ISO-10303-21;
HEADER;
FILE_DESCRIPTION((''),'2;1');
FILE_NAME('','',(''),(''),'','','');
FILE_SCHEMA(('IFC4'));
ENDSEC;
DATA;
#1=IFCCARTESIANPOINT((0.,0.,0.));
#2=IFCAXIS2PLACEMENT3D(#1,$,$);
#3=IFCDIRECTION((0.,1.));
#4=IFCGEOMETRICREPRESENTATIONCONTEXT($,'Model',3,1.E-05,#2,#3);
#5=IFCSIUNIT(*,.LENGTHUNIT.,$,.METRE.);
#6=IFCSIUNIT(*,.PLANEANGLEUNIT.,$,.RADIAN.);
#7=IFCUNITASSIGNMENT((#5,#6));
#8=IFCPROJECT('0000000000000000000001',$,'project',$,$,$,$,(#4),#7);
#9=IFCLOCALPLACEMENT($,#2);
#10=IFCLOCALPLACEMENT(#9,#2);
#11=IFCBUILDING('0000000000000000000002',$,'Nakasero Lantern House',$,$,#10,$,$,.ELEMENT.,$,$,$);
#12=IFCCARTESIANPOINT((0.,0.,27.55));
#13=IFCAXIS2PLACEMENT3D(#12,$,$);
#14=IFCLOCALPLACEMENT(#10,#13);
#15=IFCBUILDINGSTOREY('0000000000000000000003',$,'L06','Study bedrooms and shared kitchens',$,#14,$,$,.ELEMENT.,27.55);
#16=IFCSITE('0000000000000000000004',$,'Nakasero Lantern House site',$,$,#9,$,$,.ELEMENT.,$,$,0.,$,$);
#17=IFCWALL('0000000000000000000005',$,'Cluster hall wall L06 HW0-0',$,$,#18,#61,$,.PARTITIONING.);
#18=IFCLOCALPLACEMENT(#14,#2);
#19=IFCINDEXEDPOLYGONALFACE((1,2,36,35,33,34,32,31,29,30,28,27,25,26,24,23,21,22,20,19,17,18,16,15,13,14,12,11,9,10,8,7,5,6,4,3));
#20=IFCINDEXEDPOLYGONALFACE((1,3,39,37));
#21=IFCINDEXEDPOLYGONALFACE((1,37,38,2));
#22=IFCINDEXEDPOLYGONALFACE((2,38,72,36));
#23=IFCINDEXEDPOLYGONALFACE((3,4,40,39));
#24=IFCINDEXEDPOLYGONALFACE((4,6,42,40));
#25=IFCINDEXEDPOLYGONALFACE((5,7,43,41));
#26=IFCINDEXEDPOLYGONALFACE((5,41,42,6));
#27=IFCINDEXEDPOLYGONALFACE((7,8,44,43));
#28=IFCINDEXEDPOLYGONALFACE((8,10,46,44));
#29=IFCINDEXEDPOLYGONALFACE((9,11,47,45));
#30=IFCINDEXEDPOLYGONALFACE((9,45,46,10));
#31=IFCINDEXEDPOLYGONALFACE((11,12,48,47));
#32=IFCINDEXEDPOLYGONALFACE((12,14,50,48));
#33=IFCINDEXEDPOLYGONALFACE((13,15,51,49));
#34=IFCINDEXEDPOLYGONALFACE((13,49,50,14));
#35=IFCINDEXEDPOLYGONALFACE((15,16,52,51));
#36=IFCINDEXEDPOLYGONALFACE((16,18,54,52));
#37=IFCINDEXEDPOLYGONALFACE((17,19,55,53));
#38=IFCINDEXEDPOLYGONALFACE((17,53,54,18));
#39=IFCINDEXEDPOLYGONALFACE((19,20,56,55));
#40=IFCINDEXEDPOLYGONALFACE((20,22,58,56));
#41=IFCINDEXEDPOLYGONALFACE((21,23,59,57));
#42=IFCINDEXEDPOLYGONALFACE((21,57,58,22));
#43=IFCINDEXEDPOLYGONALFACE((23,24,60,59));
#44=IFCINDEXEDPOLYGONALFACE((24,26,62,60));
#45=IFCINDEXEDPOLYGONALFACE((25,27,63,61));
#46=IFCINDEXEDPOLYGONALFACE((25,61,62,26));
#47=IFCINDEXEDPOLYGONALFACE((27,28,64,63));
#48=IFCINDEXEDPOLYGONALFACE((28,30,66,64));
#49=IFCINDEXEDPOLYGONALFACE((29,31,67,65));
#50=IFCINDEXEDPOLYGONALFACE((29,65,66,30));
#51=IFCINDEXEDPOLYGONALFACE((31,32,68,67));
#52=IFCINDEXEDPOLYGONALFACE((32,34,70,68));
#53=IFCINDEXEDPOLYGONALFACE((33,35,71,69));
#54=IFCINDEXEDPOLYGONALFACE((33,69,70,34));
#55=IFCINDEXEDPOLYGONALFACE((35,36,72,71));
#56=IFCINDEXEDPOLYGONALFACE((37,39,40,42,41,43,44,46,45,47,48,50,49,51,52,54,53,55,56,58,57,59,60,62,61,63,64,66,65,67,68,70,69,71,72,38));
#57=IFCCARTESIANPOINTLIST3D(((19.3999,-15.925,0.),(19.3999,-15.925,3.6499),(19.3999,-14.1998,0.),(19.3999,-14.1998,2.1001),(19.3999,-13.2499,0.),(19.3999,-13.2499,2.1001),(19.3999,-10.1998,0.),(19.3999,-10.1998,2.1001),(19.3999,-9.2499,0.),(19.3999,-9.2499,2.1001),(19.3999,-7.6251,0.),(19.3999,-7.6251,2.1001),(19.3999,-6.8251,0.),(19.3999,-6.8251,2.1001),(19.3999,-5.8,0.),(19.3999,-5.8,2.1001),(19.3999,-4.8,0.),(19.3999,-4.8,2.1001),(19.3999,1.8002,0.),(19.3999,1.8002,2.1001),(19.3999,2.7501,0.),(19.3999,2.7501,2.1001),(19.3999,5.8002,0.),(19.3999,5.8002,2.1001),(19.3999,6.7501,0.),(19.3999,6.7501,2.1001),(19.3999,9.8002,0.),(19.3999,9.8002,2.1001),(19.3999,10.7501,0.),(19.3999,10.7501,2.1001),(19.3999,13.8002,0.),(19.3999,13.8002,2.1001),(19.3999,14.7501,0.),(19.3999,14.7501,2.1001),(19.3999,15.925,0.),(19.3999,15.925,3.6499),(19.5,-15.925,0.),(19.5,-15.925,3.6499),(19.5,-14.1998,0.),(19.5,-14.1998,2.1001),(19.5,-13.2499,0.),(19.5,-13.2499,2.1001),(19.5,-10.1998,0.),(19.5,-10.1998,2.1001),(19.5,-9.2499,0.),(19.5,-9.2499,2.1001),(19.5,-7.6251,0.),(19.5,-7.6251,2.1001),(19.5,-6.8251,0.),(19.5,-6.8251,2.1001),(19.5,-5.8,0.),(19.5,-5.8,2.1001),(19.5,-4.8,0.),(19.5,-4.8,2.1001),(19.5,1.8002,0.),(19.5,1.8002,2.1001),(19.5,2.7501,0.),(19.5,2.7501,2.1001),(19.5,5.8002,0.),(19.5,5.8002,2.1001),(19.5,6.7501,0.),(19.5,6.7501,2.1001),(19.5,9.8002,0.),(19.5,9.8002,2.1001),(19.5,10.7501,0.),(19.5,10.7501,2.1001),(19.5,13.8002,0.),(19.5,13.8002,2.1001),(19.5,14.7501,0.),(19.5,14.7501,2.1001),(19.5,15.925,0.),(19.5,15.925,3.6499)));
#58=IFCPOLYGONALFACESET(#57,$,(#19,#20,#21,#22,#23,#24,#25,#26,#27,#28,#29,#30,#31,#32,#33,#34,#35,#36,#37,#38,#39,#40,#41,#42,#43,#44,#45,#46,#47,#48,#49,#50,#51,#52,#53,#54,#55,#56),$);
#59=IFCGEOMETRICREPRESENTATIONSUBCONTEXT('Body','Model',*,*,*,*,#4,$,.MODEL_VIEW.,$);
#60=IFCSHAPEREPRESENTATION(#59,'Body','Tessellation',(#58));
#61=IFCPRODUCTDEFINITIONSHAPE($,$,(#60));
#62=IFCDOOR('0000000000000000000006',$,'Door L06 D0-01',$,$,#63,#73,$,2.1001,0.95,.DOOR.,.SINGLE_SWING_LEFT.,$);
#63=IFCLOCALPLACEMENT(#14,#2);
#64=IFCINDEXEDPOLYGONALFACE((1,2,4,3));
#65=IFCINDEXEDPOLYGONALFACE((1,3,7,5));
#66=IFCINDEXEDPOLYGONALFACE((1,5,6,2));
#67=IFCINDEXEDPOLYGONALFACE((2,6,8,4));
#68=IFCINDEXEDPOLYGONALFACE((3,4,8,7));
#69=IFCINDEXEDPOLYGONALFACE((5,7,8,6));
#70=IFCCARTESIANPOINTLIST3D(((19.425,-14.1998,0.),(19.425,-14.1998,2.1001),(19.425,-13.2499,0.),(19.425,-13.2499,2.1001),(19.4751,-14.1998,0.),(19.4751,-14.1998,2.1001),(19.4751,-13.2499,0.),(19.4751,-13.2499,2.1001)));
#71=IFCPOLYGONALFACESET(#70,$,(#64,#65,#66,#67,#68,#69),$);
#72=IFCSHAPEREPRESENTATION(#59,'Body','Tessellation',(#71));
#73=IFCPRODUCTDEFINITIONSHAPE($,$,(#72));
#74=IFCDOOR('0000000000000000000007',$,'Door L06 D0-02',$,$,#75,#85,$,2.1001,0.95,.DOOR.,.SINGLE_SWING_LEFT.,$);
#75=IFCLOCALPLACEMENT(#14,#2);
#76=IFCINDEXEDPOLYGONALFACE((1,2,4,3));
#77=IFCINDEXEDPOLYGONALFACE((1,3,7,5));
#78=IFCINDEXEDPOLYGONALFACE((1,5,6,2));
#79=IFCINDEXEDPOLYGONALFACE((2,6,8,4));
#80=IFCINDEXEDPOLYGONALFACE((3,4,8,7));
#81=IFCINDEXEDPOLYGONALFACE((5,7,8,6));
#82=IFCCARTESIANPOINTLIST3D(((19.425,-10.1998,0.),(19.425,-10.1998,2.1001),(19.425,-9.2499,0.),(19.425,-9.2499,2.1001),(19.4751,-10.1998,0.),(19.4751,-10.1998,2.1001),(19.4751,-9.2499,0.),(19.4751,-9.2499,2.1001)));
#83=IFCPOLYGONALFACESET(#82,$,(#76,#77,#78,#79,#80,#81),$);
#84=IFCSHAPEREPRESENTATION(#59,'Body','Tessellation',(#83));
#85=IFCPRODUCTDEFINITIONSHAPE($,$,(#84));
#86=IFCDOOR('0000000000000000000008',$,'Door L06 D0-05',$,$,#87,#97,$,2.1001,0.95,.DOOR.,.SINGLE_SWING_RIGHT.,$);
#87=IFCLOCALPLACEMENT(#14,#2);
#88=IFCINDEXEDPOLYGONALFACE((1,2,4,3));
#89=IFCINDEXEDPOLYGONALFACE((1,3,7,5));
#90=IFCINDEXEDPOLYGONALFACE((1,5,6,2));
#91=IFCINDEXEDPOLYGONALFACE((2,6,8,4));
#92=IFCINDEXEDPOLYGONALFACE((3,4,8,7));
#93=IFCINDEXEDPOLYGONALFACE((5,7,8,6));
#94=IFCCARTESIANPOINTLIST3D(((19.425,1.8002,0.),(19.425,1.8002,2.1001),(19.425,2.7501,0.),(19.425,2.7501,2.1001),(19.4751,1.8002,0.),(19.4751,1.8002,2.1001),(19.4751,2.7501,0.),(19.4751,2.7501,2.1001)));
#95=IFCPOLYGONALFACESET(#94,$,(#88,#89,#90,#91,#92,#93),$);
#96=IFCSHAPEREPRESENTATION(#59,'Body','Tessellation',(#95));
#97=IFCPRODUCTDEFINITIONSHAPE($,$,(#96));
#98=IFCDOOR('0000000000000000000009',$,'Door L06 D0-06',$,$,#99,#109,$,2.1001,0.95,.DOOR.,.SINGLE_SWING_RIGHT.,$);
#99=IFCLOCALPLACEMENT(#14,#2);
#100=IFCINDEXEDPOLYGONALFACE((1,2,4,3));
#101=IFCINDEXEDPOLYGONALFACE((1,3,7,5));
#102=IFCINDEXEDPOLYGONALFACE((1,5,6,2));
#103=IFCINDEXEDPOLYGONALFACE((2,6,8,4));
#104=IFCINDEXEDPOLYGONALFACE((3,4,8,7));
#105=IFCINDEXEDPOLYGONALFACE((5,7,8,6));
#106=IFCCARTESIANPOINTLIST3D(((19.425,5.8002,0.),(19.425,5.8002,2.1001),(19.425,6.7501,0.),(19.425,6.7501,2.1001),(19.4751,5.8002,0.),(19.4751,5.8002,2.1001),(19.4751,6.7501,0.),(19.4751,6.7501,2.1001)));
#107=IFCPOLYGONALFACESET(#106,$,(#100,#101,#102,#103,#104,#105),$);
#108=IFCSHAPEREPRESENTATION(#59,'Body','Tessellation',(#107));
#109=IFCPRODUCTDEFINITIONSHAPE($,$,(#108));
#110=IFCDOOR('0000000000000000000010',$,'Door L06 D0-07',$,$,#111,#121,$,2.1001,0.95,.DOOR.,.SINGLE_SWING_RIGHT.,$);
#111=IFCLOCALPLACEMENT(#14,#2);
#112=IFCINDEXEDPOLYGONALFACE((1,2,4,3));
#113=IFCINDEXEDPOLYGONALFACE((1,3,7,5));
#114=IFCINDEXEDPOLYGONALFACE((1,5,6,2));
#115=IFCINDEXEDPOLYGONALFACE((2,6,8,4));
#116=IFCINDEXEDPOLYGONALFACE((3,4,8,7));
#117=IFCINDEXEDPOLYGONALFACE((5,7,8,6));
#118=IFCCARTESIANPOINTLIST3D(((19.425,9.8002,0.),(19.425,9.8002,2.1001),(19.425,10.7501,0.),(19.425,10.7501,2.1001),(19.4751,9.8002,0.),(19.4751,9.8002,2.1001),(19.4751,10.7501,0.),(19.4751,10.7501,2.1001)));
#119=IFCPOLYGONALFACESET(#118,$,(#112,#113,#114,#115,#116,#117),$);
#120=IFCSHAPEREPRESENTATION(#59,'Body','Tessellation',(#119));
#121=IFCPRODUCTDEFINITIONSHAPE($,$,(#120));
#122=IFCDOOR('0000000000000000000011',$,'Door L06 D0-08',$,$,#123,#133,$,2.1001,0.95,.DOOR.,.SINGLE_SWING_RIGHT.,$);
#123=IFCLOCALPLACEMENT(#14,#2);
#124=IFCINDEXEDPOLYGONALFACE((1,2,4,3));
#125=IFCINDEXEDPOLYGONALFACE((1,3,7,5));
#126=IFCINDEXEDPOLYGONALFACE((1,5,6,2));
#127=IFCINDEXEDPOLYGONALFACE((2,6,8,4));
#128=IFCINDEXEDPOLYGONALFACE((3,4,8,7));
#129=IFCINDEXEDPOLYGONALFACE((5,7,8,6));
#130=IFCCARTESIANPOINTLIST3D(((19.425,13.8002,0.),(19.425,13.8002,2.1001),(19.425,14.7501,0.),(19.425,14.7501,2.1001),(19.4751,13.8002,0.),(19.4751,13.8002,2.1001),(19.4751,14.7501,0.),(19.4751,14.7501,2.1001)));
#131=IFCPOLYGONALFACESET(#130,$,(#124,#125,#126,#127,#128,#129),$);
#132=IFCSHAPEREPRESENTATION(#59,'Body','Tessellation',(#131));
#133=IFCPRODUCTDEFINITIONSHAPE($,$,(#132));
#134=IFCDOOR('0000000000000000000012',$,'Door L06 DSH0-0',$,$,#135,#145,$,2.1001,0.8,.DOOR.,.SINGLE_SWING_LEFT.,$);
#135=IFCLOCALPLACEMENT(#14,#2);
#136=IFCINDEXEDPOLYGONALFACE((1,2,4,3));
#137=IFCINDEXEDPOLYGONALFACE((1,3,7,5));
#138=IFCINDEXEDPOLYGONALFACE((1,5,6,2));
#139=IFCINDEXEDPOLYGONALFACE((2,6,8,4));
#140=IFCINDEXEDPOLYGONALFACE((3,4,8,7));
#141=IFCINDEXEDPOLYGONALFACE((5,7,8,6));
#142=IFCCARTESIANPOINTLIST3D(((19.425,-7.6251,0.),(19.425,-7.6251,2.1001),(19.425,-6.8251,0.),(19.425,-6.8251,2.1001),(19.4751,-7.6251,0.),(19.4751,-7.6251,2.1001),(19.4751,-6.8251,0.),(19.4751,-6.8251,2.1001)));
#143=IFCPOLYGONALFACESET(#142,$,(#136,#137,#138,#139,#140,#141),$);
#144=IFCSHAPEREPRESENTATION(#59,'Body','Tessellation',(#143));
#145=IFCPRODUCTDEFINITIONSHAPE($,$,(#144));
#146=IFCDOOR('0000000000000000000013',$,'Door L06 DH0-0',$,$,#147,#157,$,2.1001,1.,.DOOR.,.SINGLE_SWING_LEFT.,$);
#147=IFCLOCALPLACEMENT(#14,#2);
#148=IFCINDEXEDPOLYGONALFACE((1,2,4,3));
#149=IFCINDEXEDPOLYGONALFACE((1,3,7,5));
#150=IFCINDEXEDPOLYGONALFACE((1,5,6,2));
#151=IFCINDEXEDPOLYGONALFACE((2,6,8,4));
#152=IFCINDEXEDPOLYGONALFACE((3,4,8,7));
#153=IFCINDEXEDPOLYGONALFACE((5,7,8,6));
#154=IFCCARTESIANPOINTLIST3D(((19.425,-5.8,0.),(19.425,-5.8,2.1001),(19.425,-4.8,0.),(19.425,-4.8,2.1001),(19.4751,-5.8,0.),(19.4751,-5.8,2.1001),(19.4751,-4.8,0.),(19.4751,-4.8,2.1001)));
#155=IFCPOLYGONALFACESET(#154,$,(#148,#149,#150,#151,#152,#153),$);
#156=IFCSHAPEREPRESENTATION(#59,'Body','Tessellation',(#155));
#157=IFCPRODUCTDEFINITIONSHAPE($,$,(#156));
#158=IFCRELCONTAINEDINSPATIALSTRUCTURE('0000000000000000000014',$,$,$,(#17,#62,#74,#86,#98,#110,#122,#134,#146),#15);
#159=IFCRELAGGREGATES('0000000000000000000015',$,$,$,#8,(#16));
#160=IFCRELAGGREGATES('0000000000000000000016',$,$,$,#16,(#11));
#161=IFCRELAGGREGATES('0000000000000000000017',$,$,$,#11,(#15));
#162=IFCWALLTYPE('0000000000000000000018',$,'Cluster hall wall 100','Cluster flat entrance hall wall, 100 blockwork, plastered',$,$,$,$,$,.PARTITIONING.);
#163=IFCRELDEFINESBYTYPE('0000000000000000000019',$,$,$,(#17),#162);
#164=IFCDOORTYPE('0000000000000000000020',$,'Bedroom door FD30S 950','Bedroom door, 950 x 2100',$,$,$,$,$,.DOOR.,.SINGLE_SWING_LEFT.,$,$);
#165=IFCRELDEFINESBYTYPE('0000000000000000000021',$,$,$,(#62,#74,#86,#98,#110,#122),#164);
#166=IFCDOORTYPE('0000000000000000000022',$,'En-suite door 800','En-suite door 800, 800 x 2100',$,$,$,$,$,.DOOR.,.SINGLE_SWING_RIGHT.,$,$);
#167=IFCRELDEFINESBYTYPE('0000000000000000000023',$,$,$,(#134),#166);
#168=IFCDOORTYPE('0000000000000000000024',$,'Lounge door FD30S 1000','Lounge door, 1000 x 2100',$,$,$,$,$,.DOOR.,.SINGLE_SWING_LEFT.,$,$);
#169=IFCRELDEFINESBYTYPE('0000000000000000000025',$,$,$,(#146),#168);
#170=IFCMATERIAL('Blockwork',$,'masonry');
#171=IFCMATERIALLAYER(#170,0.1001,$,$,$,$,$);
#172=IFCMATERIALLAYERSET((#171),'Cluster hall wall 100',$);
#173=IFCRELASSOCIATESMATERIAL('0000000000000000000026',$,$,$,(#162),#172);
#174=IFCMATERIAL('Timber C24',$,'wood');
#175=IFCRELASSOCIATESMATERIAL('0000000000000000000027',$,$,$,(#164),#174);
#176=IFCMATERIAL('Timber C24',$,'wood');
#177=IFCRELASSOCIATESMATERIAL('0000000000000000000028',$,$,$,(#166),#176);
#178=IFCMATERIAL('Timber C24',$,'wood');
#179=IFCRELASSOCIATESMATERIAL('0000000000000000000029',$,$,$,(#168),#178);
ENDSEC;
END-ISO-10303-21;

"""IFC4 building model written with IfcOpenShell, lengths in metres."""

from ifc_helpers import new_model, si_unit, direction, frame, frame_2d, origin, place, context, subcontext, project, spatial, rectangle, extrude, material, layer, layer_set, type_object, element, fill, save


model = new_model("IFC4")

# Units and contexts
model_context = context("Model", 3, precision=1e-05, world=origin(), true_north=direction((0.0, 1.0)))
body_context = subcontext(model_context, "Body", "Model", "MODEL_VIEW")
ifc_project = project(units=[si_unit("LENGTHUNIT", "METRE"), si_unit("PLANEANGLEUNIT", "RADIAN")], contexts=[model_context])

# Site, building, storey
site_placement = place(None, origin())
site = spatial("IfcSite", under=ifc_project, at=site_placement, Name="Nakasero Lantern House site", CompositionType="ELEMENT", RefElevation=0.0)
building_placement = place(site_placement, origin())
building = spatial("IfcBuilding", under=site, at=building_placement, Name="Nakasero Lantern House", CompositionType="ELEMENT")
storey_placement = place(building_placement, frame((0.0, 0.0, 27.55)))
storey = spatial("IfcBuildingStorey", under=building, at=storey_placement, Name="L06", Description="Study bedrooms and shared kitchens", CompositionType="ELEMENT", Elevation=27.55)

# Wall, openings, doors
ifc_material_1 = material(Name="Blockwork", Category="masonry")
ifc_layer_1 = layer(ifc_material_1, 0.1001)
ifc_layer_set_1 = layer_set([ifc_layer_1], Name="Cluster hall wall 100")
wall_type_1 = type_object("IfcWallType", Name="Cluster hall wall 100", Description="Cluster flat entrance hall wall, 100 blockwork, plastered", PredefinedType="PARTITIONING", material=ifc_layer_set_1)
wall_1_placement = place(storey_placement, frame((19.45, -15.925, 0.0), z_axis=(0.0, 0.0, 1.0), x_axis=(0.0, 1.0, 0.0)))
wall_1 = element("IfcWall", 1, at=wall_1_placement, inside=storey, type_object=wall_type_1, Name="Cluster hall wall L06 HW0-0", PredefinedType="PARTITIONING", context=body_context, shape_type="SweptSolid", body=[
    extrude(rectangle(XDim=31.8501, YDim=0.1001, at=frame_2d((15.925, 0.0))), origin(), (0.0, 0.0, 1.0), 3.6499),
])
opening_1_placement = place(wall_1_placement, frame((10.125, 0.0, 0.0)))
opening_1 = element("IfcOpeningElement", 2, at=opening_1_placement, cuts=wall_1, PredefinedType="OPENING", context=body_context, shape_type="SweptSolid", body=[
    extrude(rectangle(XDim=1.0, YDim=2.1001, at=frame_2d((0.5, 1.05))), frame((0.0, 0.0701, 0.0), z_axis=(0.0, -1.0, 0.0), x_axis=(1.0, 0.0, 0.0)), (0.0, 0.0, 1.0), 0.1401),
])
opening_2_placement = place(wall_1_placement, frame((8.3, 0.0, 0.0)))
opening_2 = element("IfcOpeningElement", 3, at=opening_2_placement, cuts=wall_1, PredefinedType="OPENING", context=body_context, shape_type="SweptSolid", body=[
    extrude(rectangle(XDim=0.8, YDim=2.1001, at=frame_2d((0.3999, 1.05))), frame((0.0, 0.0701, 0.0), z_axis=(0.0, -1.0, 0.0), x_axis=(1.0, 0.0, 0.0)), (0.0, 0.0, 1.0), 0.1401),
])
opening_3_placement = place(wall_1_placement, frame((1.7251, 0.0, 0.0)))
opening_3 = element("IfcOpeningElement", 4, at=opening_3_placement, cuts=wall_1, PredefinedType="OPENING", context=body_context, shape_type="SweptSolid", body=[
    extrude(rectangle(XDim=0.95, YDim=2.1001, at=frame_2d((0.4751, 1.05))), frame((0.0, 0.0701, 0.0), z_axis=(0.0, -1.0, 0.0), x_axis=(1.0, 0.0, 0.0)), (0.0, 0.0, 1.0), 0.1401),
])
opening_4_placement = place(wall_1_placement, frame((5.7251, 0.0, 0.0)))
opening_4 = element("IfcOpeningElement", 5, at=opening_4_placement, cuts=wall_1, PredefinedType="OPENING", context=body_context, shape_type="SweptSolid", body=[
    extrude(rectangle(XDim=0.95, YDim=2.1001, at=frame_2d((0.4751, 1.05))), frame((0.0, 0.0701, 0.0), z_axis=(0.0, -1.0, 0.0), x_axis=(1.0, 0.0, 0.0)), (0.0, 0.0, 1.0), 0.1401),
])
opening_5_placement = place(wall_1_placement, frame((17.7251, 0.0, 0.0)))
opening_5 = element("IfcOpeningElement", 6, at=opening_5_placement, cuts=wall_1, PredefinedType="OPENING", context=body_context, shape_type="SweptSolid", body=[
    extrude(rectangle(XDim=0.95, YDim=2.1001, at=frame_2d((0.4751, 1.05))), frame((0.0, 0.0701, 0.0), z_axis=(0.0, -1.0, 0.0), x_axis=(1.0, 0.0, 0.0)), (0.0, 0.0, 1.0), 0.1401),
])
opening_6_placement = place(wall_1_placement, frame((21.7251, 0.0, 0.0)))
opening_6 = element("IfcOpeningElement", 7, at=opening_6_placement, cuts=wall_1, PredefinedType="OPENING", context=body_context, shape_type="SweptSolid", body=[
    extrude(rectangle(XDim=0.95, YDim=2.1001, at=frame_2d((0.4751, 1.05))), frame((0.0, 0.0701, 0.0), z_axis=(0.0, -1.0, 0.0), x_axis=(1.0, 0.0, 0.0)), (0.0, 0.0, 1.0), 0.1401),
])
opening_7_placement = place(wall_1_placement, frame((25.7251, 0.0, 0.0)))
opening_7 = element("IfcOpeningElement", 8, at=opening_7_placement, cuts=wall_1, PredefinedType="OPENING", context=body_context, shape_type="SweptSolid", body=[
    extrude(rectangle(XDim=0.95, YDim=2.1001, at=frame_2d((0.4751, 1.05))), frame((0.0, 0.0701, 0.0), z_axis=(0.0, -1.0, 0.0), x_axis=(1.0, 0.0, 0.0)), (0.0, 0.0, 1.0), 0.1401),
])
opening_8_placement = place(wall_1_placement, frame((29.7251, 0.0, 0.0)))
opening_8 = element("IfcOpeningElement", 9, at=opening_8_placement, cuts=wall_1, PredefinedType="OPENING", context=body_context, shape_type="SweptSolid", body=[
    extrude(rectangle(XDim=0.95, YDim=2.1001, at=frame_2d((0.4751, 1.05))), frame((0.0, 0.0701, 0.0), z_axis=(0.0, -1.0, 0.0), x_axis=(1.0, 0.0, 0.0)), (0.0, 0.0, 1.0), 0.1401),
])
ifc_material_2 = material(Name="Timber C24", Category="wood")
door_type_1 = type_object("IfcDoorType", Name="Bedroom door FD30S 950", Description="Bedroom door, 950 x 2100", OperationType="SINGLE_SWING_LEFT", PredefinedType="DOOR", material=ifc_material_2)
door_1_placement = place(opening_3_placement, origin())
door_1 = element("IfcDoor", 10, at=door_1_placement, inside=storey, type_object=door_type_1, Name="Door L06 D0-01", OperationType="SINGLE_SWING_LEFT", OverallHeight=2.1001, OverallWidth=0.95, PredefinedType="DOOR", context=body_context, shape_type="SweptSolid", body=[
    extrude(rectangle(XDim=0.95, YDim=2.1001, at=frame_2d((0.4751, 1.05))), frame((0.0, 0.0249, 0.0), z_axis=(0.0, -1.0, 0.0), x_axis=(1.0, 0.0, 0.0)), (0.0, 0.0, 1.0), 0.05),
])
fill(opening_3, door_1)
door_2_placement = place(opening_4_placement, origin())
door_2 = element("IfcDoor", 11, at=door_2_placement, inside=storey, type_object=door_type_1, Name="Door L06 D0-02", OperationType="SINGLE_SWING_LEFT", OverallHeight=2.1001, OverallWidth=0.95, PredefinedType="DOOR", context=body_context, shape_type="SweptSolid", body=[
    extrude(rectangle(XDim=0.95, YDim=2.1001, at=frame_2d((0.4751, 1.05))), frame((0.0, 0.0249, 0.0), z_axis=(0.0, -1.0, 0.0), x_axis=(1.0, 0.0, 0.0)), (0.0, 0.0, 1.0), 0.05),
])
fill(opening_4, door_2)
door_3_placement = place(opening_5_placement, origin())
door_3 = element("IfcDoor", 12, at=door_3_placement, inside=storey, type_object=door_type_1, Name="Door L06 D0-05", OperationType="SINGLE_SWING_RIGHT", OverallHeight=2.1001, OverallWidth=0.95, PredefinedType="DOOR", context=body_context, shape_type="SweptSolid", body=[
    extrude(rectangle(XDim=0.95, YDim=2.1001, at=frame_2d((0.4751, 1.05))), frame((0.0, 0.0249, 0.0), z_axis=(0.0, -1.0, 0.0), x_axis=(1.0, 0.0, 0.0)), (0.0, 0.0, 1.0), 0.05),
])
fill(opening_5, door_3)
door_4_placement = place(opening_6_placement, origin())
door_4 = element("IfcDoor", 13, at=door_4_placement, inside=storey, type_object=door_type_1, Name="Door L06 D0-06", OperationType="SINGLE_SWING_RIGHT", OverallHeight=2.1001, OverallWidth=0.95, PredefinedType="DOOR", context=body_context, shape_type="SweptSolid", body=[
    extrude(rectangle(XDim=0.95, YDim=2.1001, at=frame_2d((0.4751, 1.05))), frame((0.0, 0.0249, 0.0), z_axis=(0.0, -1.0, 0.0), x_axis=(1.0, 0.0, 0.0)), (0.0, 0.0, 1.0), 0.05),
])
fill(opening_6, door_4)
door_5_placement = place(opening_7_placement, origin())
door_5 = element("IfcDoor", 14, at=door_5_placement, inside=storey, type_object=door_type_1, Name="Door L06 D0-07", OperationType="SINGLE_SWING_RIGHT", OverallHeight=2.1001, OverallWidth=0.95, PredefinedType="DOOR", context=body_context, shape_type="SweptSolid", body=[
    extrude(rectangle(XDim=0.95, YDim=2.1001, at=frame_2d((0.4751, 1.05))), frame((0.0, 0.0249, 0.0), z_axis=(0.0, -1.0, 0.0), x_axis=(1.0, 0.0, 0.0)), (0.0, 0.0, 1.0), 0.05),
])
fill(opening_7, door_5)
door_6_placement = place(opening_8_placement, origin())
door_6 = element("IfcDoor", 15, at=door_6_placement, inside=storey, type_object=door_type_1, Name="Door L06 D0-08", OperationType="SINGLE_SWING_RIGHT", OverallHeight=2.1001, OverallWidth=0.95, PredefinedType="DOOR", context=body_context, shape_type="SweptSolid", body=[
    extrude(rectangle(XDim=0.95, YDim=2.1001, at=frame_2d((0.4751, 1.05))), frame((0.0, 0.0249, 0.0), z_axis=(0.0, -1.0, 0.0), x_axis=(1.0, 0.0, 0.0)), (0.0, 0.0, 1.0), 0.05),
])
fill(opening_8, door_6)
ifc_material_3 = material(Name="Timber C24", Category="wood")
door_type_2 = type_object("IfcDoorType", Name="En-suite door 800", Description="En-suite door 800, 800 x 2100", OperationType="SINGLE_SWING_RIGHT", PredefinedType="DOOR", material=ifc_material_3)
door_7_placement = place(opening_2_placement, origin())
door_7 = element("IfcDoor", 16, at=door_7_placement, inside=storey, type_object=door_type_2, Name="Door L06 DSH0-0", OperationType="SINGLE_SWING_LEFT", OverallHeight=2.1001, OverallWidth=0.8, PredefinedType="DOOR", context=body_context, shape_type="SweptSolid", body=[
    extrude(rectangle(XDim=0.8, YDim=2.1001, at=frame_2d((0.3999, 1.05))), frame((0.0, 0.0249, 0.0), z_axis=(0.0, -1.0, 0.0), x_axis=(1.0, 0.0, 0.0)), (0.0, 0.0, 1.0), 0.05),
])
fill(opening_2, door_7)
ifc_material_4 = material(Name="Timber C24", Category="wood")
door_type_3 = type_object("IfcDoorType", Name="Lounge door FD30S 1000", Description="Lounge door, 1000 x 2100", OperationType="SINGLE_SWING_LEFT", PredefinedType="DOOR", material=ifc_material_4)
door_8_placement = place(opening_1_placement, origin())
door_8 = element("IfcDoor", 17, at=door_8_placement, inside=storey, type_object=door_type_3, Name="Door L06 DH0-0", OperationType="SINGLE_SWING_LEFT", OverallHeight=2.1001, OverallWidth=1.0, PredefinedType="DOOR", context=body_context, shape_type="SweptSolid", body=[
    extrude(rectangle(XDim=1.0, YDim=2.1001, at=frame_2d((0.5, 1.05))), frame((0.0, 0.0249, 0.0), z_axis=(0.0, -1.0, 0.0), x_axis=(1.0, 0.0, 0.0)), (0.0, 0.0, 1.0), 0.05),
])
fill(opening_1, door_8)

save(model, "model.ifc")
